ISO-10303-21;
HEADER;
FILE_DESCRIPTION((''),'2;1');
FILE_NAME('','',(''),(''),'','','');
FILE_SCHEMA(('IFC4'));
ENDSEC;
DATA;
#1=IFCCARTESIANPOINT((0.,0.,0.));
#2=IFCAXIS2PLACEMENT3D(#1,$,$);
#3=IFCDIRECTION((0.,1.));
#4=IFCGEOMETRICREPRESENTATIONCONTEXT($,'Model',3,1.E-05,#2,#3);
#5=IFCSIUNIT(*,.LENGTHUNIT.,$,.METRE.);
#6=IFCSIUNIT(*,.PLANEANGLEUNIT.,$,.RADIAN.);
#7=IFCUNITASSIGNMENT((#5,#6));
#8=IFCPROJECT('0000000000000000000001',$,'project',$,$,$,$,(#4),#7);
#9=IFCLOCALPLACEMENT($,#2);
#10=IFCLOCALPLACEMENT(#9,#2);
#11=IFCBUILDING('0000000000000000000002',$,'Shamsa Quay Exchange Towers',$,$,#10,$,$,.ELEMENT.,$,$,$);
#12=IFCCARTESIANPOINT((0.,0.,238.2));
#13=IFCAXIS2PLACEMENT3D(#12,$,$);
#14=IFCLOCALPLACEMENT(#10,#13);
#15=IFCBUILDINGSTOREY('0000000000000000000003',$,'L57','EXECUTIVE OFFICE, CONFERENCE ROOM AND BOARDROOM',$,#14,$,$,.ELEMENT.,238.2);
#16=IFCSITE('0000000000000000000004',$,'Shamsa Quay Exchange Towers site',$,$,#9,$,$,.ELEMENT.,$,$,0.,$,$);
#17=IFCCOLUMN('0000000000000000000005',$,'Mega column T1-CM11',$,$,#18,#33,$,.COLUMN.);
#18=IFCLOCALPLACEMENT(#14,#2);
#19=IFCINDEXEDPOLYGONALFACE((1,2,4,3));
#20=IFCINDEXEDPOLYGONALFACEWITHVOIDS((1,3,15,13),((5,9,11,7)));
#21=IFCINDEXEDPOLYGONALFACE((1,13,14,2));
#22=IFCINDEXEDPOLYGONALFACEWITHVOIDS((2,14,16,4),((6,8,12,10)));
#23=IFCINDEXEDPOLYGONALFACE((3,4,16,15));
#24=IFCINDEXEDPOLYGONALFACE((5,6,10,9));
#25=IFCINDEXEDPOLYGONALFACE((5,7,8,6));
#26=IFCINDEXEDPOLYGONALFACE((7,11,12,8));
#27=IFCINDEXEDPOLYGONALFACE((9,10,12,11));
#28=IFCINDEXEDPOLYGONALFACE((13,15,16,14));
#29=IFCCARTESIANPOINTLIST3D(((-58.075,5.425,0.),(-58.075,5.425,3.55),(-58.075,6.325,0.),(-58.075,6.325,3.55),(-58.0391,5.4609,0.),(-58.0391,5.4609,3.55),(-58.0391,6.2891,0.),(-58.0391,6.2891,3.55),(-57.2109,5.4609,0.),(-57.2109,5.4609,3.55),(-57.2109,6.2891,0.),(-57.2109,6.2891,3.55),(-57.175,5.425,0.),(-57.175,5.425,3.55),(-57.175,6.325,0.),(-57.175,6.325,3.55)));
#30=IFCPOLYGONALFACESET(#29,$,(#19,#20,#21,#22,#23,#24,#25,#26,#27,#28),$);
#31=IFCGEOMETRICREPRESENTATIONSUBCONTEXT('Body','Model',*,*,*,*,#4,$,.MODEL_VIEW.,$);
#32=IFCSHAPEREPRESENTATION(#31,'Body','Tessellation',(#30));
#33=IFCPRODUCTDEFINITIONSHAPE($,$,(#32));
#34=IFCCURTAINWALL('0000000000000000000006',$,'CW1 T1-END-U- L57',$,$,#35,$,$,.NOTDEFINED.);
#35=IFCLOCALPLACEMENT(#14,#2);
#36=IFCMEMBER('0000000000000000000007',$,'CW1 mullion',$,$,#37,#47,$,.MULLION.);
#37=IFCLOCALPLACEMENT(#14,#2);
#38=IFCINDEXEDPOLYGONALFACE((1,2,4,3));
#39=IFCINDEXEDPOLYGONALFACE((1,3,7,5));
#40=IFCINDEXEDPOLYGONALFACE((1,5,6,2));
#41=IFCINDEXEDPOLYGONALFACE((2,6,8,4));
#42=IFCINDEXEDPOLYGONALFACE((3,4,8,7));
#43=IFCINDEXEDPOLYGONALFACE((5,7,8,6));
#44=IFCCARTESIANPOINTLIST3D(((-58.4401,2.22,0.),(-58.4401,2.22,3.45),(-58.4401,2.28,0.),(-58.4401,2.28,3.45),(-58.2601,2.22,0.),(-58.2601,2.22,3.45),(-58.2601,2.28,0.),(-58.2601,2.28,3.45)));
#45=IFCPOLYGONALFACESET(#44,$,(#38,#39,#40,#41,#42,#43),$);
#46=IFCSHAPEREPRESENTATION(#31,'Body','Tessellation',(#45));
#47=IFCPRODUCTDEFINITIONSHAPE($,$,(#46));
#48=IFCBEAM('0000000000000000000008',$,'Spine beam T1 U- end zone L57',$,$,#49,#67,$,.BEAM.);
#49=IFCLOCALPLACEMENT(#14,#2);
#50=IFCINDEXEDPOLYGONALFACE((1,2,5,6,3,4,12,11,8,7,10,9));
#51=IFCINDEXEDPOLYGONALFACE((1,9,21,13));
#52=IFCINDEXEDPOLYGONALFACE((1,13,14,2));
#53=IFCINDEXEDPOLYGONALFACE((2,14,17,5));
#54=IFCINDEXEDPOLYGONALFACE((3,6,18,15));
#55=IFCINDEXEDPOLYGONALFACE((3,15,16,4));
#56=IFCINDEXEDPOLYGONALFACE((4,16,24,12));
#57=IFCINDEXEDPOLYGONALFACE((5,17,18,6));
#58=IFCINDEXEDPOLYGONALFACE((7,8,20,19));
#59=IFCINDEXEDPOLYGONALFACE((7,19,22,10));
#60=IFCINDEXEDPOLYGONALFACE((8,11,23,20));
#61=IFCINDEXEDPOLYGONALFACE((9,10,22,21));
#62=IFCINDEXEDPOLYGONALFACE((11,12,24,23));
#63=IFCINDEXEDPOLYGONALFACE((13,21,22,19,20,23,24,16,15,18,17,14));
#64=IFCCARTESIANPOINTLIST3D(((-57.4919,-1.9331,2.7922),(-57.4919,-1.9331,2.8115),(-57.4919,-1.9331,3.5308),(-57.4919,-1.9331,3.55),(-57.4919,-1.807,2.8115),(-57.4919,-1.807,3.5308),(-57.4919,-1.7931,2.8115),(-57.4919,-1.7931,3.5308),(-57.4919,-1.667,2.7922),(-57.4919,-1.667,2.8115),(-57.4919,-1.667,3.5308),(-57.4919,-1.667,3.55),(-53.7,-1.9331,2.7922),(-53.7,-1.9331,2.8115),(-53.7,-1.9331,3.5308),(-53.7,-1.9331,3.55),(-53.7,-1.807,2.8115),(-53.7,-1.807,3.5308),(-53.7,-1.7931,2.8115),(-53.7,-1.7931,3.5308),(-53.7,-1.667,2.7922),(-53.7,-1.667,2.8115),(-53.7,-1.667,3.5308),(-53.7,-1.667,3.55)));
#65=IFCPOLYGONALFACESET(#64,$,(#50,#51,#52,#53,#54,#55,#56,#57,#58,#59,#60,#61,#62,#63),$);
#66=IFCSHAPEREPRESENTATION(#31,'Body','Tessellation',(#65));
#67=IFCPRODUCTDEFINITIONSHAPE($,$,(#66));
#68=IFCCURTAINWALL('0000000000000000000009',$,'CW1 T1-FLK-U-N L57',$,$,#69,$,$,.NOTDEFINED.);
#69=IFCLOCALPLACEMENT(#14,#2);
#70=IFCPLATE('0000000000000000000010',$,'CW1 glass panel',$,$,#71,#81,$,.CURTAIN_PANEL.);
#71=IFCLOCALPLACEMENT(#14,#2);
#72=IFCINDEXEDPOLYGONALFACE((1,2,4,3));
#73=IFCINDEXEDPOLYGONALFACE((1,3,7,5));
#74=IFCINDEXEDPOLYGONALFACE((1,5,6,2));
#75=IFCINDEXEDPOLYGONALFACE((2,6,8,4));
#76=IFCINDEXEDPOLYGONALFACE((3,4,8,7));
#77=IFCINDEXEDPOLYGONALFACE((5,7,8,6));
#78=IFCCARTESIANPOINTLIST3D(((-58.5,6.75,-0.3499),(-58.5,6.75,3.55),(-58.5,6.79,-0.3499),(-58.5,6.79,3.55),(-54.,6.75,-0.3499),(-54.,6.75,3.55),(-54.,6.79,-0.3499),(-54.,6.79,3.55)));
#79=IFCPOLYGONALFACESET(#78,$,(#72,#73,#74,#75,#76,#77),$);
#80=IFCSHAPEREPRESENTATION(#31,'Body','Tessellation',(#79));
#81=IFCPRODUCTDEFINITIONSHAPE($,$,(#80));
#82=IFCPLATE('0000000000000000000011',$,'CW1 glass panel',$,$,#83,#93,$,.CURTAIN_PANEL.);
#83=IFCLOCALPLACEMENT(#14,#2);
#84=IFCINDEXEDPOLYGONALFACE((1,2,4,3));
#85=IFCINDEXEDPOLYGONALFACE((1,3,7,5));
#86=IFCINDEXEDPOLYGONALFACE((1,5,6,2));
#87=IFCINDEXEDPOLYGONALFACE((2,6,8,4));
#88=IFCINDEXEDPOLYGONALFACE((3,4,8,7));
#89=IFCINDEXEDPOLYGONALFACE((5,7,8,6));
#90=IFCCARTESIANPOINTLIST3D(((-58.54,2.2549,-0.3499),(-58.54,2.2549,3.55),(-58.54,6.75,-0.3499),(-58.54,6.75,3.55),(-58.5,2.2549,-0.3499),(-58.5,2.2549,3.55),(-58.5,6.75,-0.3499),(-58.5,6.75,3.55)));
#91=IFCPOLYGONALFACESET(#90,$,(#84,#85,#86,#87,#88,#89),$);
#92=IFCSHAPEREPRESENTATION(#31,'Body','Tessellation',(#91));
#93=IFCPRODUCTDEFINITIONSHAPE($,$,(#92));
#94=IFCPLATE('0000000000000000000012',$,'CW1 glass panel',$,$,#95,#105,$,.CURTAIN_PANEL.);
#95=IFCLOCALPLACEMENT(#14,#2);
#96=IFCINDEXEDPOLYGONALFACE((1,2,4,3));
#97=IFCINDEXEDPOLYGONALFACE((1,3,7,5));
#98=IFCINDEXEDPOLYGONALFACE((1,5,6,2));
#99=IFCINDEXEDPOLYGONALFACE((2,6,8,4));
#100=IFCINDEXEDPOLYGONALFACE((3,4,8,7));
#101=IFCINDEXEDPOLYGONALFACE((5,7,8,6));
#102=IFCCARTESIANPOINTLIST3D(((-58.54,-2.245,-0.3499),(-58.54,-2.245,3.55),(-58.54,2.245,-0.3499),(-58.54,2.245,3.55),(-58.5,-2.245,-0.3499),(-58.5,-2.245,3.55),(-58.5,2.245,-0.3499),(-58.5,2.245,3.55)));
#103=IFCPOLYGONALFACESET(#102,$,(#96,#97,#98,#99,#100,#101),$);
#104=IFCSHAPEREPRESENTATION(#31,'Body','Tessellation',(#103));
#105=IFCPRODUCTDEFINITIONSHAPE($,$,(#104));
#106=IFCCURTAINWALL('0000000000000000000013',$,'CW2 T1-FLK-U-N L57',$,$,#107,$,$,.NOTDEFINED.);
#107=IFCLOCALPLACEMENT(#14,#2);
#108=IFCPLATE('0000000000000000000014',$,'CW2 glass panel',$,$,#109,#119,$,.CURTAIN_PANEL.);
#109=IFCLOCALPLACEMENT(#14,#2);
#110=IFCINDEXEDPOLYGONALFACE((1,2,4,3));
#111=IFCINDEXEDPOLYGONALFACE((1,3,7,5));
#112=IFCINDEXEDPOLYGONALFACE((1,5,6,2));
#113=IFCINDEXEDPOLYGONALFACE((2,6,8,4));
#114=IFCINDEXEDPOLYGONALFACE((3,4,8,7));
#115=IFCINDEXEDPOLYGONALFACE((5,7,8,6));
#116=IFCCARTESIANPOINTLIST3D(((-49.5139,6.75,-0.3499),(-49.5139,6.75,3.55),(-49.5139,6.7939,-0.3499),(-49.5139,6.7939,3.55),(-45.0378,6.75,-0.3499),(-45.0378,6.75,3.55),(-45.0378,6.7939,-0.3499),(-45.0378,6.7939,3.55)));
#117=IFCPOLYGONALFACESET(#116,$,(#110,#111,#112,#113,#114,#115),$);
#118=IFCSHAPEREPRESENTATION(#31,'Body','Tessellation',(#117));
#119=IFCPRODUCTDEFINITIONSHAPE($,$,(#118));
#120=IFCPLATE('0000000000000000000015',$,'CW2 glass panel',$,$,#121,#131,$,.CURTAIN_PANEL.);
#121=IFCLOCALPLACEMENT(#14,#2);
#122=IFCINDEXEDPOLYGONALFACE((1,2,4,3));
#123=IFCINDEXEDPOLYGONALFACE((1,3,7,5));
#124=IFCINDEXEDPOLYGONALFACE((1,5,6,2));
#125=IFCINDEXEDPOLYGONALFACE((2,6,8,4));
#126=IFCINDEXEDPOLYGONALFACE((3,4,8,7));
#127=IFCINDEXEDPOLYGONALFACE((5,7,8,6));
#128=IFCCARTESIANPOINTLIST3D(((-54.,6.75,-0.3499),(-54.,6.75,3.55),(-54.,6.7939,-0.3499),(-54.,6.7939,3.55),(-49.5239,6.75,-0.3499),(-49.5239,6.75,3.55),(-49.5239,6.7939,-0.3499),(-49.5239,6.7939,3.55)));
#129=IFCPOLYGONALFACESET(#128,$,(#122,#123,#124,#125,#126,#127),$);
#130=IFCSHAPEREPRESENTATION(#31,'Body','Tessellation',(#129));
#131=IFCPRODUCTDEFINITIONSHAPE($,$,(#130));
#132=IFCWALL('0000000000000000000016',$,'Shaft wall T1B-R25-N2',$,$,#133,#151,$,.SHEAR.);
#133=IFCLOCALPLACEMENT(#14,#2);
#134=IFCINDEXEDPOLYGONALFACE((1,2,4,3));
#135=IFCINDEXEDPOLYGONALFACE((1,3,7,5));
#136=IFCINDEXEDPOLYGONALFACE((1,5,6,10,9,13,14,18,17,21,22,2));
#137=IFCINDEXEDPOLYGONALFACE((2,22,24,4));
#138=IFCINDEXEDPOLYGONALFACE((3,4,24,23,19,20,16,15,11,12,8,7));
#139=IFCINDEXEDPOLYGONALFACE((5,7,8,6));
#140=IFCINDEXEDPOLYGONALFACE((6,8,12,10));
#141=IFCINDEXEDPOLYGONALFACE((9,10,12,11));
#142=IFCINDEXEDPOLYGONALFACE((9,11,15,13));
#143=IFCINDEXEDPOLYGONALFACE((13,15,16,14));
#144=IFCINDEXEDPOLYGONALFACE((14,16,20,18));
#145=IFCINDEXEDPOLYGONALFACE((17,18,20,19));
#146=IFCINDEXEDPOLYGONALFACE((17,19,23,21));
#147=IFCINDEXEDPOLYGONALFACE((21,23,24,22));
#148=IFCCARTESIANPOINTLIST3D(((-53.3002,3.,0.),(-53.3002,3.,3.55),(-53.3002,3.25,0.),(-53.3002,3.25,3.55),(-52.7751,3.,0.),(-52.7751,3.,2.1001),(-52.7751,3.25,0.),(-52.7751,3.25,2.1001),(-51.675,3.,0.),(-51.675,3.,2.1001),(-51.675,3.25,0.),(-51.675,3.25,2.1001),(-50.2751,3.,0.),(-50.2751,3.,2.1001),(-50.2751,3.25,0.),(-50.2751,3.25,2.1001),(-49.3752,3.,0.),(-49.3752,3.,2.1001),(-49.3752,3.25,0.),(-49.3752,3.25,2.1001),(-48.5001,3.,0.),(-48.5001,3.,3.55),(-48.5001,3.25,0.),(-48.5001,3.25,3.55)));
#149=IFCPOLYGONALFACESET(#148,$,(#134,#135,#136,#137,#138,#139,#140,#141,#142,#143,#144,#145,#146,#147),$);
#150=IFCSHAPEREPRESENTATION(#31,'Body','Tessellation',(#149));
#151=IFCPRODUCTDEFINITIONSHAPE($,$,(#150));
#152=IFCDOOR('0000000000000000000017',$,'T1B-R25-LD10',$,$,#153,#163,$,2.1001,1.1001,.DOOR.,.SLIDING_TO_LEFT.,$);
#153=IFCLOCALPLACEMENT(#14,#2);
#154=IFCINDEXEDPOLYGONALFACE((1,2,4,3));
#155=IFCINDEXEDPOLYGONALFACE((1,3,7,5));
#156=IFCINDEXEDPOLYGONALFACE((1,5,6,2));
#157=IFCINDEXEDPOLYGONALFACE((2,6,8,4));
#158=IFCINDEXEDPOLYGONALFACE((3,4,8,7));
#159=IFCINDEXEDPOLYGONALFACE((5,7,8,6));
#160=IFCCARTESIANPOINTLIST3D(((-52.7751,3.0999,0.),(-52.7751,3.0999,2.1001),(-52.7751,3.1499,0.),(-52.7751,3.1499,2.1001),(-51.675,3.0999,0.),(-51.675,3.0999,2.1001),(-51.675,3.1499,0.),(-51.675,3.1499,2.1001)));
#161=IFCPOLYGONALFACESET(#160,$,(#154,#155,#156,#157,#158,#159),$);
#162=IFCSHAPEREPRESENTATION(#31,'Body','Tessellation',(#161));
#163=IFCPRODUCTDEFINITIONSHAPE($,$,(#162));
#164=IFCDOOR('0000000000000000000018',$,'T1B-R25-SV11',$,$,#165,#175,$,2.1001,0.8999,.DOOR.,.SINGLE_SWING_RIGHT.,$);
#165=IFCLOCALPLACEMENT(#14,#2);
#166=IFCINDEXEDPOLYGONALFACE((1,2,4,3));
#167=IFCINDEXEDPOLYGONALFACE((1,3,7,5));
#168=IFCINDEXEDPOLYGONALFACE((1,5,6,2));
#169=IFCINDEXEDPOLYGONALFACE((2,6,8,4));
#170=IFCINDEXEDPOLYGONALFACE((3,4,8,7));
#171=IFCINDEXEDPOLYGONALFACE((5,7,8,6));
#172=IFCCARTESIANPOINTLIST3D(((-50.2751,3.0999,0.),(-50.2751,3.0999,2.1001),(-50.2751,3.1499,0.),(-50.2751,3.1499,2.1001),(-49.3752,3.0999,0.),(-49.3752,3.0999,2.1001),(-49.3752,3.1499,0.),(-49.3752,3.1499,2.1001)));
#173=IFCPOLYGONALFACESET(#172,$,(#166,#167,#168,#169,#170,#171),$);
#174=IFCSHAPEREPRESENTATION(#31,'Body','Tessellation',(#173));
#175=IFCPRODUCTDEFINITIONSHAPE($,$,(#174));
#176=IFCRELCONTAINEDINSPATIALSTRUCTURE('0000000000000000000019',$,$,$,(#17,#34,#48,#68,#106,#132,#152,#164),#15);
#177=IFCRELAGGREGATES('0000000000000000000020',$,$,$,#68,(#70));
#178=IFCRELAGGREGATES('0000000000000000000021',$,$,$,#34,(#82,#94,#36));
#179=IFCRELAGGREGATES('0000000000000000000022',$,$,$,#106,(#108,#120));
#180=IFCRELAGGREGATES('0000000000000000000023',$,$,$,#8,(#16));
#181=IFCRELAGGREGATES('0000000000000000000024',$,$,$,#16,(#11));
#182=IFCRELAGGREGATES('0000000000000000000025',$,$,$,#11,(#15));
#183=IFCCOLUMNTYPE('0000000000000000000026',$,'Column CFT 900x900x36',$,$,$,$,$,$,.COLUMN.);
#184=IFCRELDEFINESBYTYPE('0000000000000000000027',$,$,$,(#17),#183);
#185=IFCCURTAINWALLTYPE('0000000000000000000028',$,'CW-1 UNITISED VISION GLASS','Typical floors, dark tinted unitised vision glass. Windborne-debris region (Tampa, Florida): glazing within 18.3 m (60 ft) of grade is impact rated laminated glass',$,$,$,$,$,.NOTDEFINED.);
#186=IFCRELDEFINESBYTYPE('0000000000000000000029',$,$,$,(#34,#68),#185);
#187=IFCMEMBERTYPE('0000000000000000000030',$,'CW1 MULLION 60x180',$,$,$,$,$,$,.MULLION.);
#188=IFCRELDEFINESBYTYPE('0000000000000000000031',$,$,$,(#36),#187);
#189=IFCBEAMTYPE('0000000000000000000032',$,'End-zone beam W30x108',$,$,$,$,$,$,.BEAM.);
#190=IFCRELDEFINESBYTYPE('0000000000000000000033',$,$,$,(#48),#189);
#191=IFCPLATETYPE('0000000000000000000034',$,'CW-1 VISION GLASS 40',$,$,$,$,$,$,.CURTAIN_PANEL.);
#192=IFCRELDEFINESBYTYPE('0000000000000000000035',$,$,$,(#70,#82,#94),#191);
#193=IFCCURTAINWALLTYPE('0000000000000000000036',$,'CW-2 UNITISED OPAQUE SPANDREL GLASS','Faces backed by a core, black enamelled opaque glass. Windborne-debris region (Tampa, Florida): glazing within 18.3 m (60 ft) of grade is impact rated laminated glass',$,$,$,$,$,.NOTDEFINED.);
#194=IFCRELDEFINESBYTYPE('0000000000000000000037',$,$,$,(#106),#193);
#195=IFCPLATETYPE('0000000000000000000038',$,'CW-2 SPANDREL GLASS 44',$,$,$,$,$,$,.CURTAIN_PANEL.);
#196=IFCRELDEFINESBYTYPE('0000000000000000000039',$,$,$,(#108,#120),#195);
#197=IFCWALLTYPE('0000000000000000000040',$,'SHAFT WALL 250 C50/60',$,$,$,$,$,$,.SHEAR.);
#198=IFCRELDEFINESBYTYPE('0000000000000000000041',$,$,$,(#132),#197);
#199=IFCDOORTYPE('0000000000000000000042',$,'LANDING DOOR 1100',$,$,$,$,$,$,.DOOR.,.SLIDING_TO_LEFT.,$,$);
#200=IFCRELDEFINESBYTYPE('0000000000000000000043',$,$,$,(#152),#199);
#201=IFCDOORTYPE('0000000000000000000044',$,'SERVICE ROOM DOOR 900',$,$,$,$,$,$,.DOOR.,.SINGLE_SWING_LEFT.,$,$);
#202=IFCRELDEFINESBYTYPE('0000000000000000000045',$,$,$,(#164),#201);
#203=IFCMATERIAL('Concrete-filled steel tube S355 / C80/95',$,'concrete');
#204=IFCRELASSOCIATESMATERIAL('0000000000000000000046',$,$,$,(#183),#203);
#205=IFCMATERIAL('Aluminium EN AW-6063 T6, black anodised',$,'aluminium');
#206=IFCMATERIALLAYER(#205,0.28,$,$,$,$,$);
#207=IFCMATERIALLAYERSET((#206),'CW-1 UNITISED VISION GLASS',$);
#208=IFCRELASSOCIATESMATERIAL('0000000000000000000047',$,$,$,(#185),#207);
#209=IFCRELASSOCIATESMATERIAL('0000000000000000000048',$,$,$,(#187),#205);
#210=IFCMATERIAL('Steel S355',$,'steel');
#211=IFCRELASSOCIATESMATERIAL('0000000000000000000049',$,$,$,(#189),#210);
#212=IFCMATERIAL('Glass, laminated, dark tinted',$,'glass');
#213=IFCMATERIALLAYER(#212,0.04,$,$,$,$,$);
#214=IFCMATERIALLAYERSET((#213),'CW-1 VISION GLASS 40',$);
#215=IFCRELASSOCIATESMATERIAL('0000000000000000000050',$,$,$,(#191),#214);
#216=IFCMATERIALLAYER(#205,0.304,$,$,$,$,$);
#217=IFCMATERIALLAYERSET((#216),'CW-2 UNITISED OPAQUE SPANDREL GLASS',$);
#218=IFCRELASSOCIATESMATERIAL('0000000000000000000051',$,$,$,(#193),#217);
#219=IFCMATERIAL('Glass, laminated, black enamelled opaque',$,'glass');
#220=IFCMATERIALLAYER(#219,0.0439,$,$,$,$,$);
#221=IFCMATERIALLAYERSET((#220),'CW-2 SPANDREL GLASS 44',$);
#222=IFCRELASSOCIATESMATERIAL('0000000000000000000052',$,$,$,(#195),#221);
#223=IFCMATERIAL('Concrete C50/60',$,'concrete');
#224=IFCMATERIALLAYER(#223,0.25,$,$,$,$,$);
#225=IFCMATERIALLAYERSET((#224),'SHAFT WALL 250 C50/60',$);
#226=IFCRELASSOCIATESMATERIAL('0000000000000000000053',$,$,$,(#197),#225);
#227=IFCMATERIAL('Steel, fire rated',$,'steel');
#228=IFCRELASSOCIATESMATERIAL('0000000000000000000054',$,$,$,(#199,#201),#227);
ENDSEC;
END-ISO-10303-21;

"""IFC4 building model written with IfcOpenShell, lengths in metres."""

from ifc_helpers import new_model, si_unit, direction, frame, frame_2d, origin, origin_2d, place, context, subcontext, project, spatial, rectangle, hollow_rectangle, i_section, extrude, material, layer, layer_set, material_profile, profile_set, type_object, element, fill, aggregate, save


model = new_model("IFC4")

# Units and contexts
model_context = context("Model", 3, precision=1e-05, world=origin(), true_north=direction((0.0, 1.0)))
body_context = subcontext(model_context, "Body", "Model", "MODEL_VIEW")
ifc_project = project(units=[si_unit("LENGTHUNIT", "METRE"), si_unit("PLANEANGLEUNIT", "RADIAN")], contexts=[model_context])

# Site, building, storey
site_placement = place(None, origin())
site = spatial("IfcSite", under=ifc_project, at=site_placement, Name="Shamsa Quay Exchange Towers site", CompositionType="ELEMENT", RefElevation=0.0)
building_placement = place(site_placement, origin())
building = spatial("IfcBuilding", under=site, at=building_placement, Name="Shamsa Quay Exchange Towers", CompositionType="ELEMENT")
storey_placement = place(building_placement, frame((0.0, 0.0, 238.2)))
storey = spatial("IfcBuildingStorey", under=building, at=storey_placement, Name="L57", Description="EXECUTIVE OFFICE, CONFERENCE ROOM AND BOARDROOM", CompositionType="ELEMENT", Elevation=238.2)

# Column
ifc_material_1 = material(Name="Concrete-filled steel tube S355 / C80/95", Category="concrete")
ifc_material_profile_1 = material_profile(ifc_material_1, hollow_rectangle(XDim=0.8999, YDim=0.8999, WallThickness=0.0359, at=origin_2d()), Name="CFT 900x900x36")
ifc_profile_set_1 = profile_set([ifc_material_profile_1], Name="Concrete-filled steel tube S355 / C80/95")
column_type = type_object("IfcColumnType", Name="Column CFT 900x900x36", PredefinedType="COLUMN", material=ifc_profile_set_1)
column_placement = place(storey_placement, frame((-57.625, 5.875, 0.0)))
element("IfcColumn", 1, at=column_placement, inside=storey, type_object=column_type, Name="Mega column T1-CM11", PredefinedType="COLUMN", context=body_context, shape_type="SweptSolid", body=[
    extrude(hollow_rectangle(XDim=0.8999, YDim=0.8999, WallThickness=0.0359, at=origin_2d()), origin(), (0.0, 0.0, 1.0), 3.55),
])

# Curtain wall, member
ifc_material_2 = material(Name="Aluminium EN AW-6063 T6, black anodised", Category="aluminium")
ifc_layer_1 = layer(ifc_material_2, 0.28)
ifc_layer_set_1 = layer_set([ifc_layer_1], Name="CW-1 UNITISED VISION GLASS")
curtain_wall_type_1 = type_object("IfcCurtainWallType", Name="CW-1 UNITISED VISION GLASS", Description="Typical floors, dark tinted unitised vision glass. Windborne-debris region (Tampa, Florida): glazing within 18.3 m (60 ft) of grade is impact rated laminated glass", PredefinedType="NOTDEFINED", material=ifc_layer_set_1)
curtain_wall_1_placement = place(storey_placement, origin())
curtain_wall_1 = element("IfcCurtainWall", 2, at=curtain_wall_1_placement, inside=storey, type_object=curtain_wall_type_1, Name="CW1 T1-END-U- L57", PredefinedType="NOTDEFINED")
ifc_material_profile_2 = material_profile(ifc_material_2, rectangle(XDim=0.1799, YDim=0.0601, at=origin_2d()), Name="MU60x180")
ifc_profile_set_2 = profile_set([ifc_material_profile_2], Name="Aluminium EN AW-6063 T6, black anodised")
member_type = type_object("IfcMemberType", Name="CW1 MULLION 60x180", PredefinedType="MULLION", material=ifc_profile_set_2)
member_placement = place(storey_placement, frame((-58.3501, 2.25, 0.0)))
member = element("IfcMember", 3, at=member_placement, type_object=member_type, Name="CW1 mullion", PredefinedType="MULLION", context=body_context, shape_type="SweptSolid", body=[
    extrude(rectangle(XDim=0.1799, YDim=0.0601, at=origin_2d()), origin(), (0.0, 0.0, 1.0), 3.45),
])

# Beam
ifc_material_3 = material(Name="Steel S355", Category="steel")
ifc_material_profile_3 = material_profile(ifc_material_3, i_section(OverallWidth=0.2661, OverallDepth=0.7578, WebThickness=0.0139, FlangeThickness=0.0193, at=origin_2d()), Name="W30x108")
ifc_profile_set_3 = profile_set([ifc_material_profile_3], Name="Steel S355")
beam_type = type_object("IfcBeamType", Name="End-zone beam W30x108", PredefinedType="BEAM", material=ifc_profile_set_3)
beam_placement = place(storey_placement, frame((-53.7, -1.8, 3.1711), z_axis=(-1.0, 0.0, 0.0), x_axis=(0.0, -1.0, 0.0)))
element("IfcBeam", 4, at=beam_placement, inside=storey, type_object=beam_type, Name="Spine beam T1 U- end zone L57", PredefinedType="BEAM", context=body_context, shape_type="SweptSolid", body=[
    extrude(i_section(OverallWidth=0.2661, OverallDepth=0.7578, WebThickness=0.0139, FlangeThickness=0.0193, at=origin_2d()), origin(), (0.0, 0.0, 1.0), 3.792),
])

# Curtain wall, plate
curtain_wall_2_placement = place(storey_placement, origin())
curtain_wall_2 = element("IfcCurtainWall", 5, at=curtain_wall_2_placement, inside=storey, type_object=curtain_wall_type_1, Name="CW1 T1-FLK-U-N L57", PredefinedType="NOTDEFINED")
ifc_material_4 = material(Name="Glass, laminated, dark tinted", Category="glass")
ifc_layer_2 = layer(ifc_material_4, 0.04)
ifc_layer_set_2 = layer_set([ifc_layer_2], Name="CW-1 VISION GLASS 40")
plate_type_1 = type_object("IfcPlateType", Name="CW-1 VISION GLASS 40", PredefinedType="CURTAIN_PANEL", material=ifc_layer_set_2)
plate_1_placement = place(storey_placement, frame((-56.25, 6.77, -0.3499), z_axis=(0.0, 0.0, 1.0), x_axis=(-1.0, 0.0, 0.0)))
plate_1 = element("IfcPlate", 6, at=plate_1_placement, type_object=plate_type_1, Name="CW1 glass panel", PredefinedType="CURTAIN_PANEL", context=body_context, shape_type="SweptSolid", body=[
    extrude(rectangle(XDim=4.5, YDim=0.04, at=origin_2d()), origin(), (0.0, 0.0, 1.0), 3.8999),
])
aggregate(curtain_wall_2, [plate_1])

# Plates
plate_2_placement = place(storey_placement, frame((-58.52, 4.5024, -0.3499), z_axis=(0.0, 0.0, 1.0), x_axis=(0.0, -1.0, 0.0)))
plate_2 = element("IfcPlate", 7, at=plate_2_placement, type_object=plate_type_1, Name="CW1 glass panel", PredefinedType="CURTAIN_PANEL", context=body_context, shape_type="SweptSolid", body=[
    extrude(rectangle(XDim=4.4951, YDim=0.04, at=origin_2d()), origin(), (0.0, 0.0, 1.0), 3.8999),
])
plate_3_placement = place(storey_placement, frame((-58.52, 0.0, -0.3499), z_axis=(0.0, 0.0, 1.0), x_axis=(0.0, -1.0, 0.0)))
plate_3 = element("IfcPlate", 8, at=plate_3_placement, type_object=plate_type_1, Name="CW1 glass panel", PredefinedType="CURTAIN_PANEL", context=body_context, shape_type="SweptSolid", body=[
    extrude(rectangle(XDim=4.49, YDim=0.04, at=origin_2d()), origin(), (0.0, 0.0, 1.0), 3.8999),
])
aggregate(curtain_wall_1, [plate_2, plate_3, member])

# Curtain wall, plates
ifc_layer_3 = layer(ifc_material_2, 0.304)
ifc_layer_set_3 = layer_set([ifc_layer_3], Name="CW-2 UNITISED OPAQUE SPANDREL GLASS")
curtain_wall_type_2 = type_object("IfcCurtainWallType", Name="CW-2 UNITISED OPAQUE SPANDREL GLASS", Description="Faces backed by a core, black enamelled opaque glass. Windborne-debris region (Tampa, Florida): glazing within 18.3 m (60 ft) of grade is impact rated laminated glass", PredefinedType="NOTDEFINED", material=ifc_layer_set_3)
curtain_wall_3_placement = place(storey_placement, origin())
curtain_wall_3 = element("IfcCurtainWall", 9, at=curtain_wall_3_placement, inside=storey, type_object=curtain_wall_type_2, Name="CW2 T1-FLK-U-N L57", PredefinedType="NOTDEFINED")
ifc_material_5 = material(Name="Glass, laminated, black enamelled opaque", Category="glass")
ifc_layer_4 = layer(ifc_material_5, 0.0439)
ifc_layer_set_4 = layer_set([ifc_layer_4], Name="CW-2 SPANDREL GLASS 44")
plate_type_2 = type_object("IfcPlateType", Name="CW-2 SPANDREL GLASS 44", PredefinedType="CURTAIN_PANEL", material=ifc_layer_set_4)
plate_4_placement = place(storey_placement, frame((-47.2759, 6.772, -0.3499), z_axis=(0.0, 0.0, 1.0), x_axis=(-1.0, 0.0, 0.0)))
plate_4 = element("IfcPlate", 10, at=plate_4_placement, type_object=plate_type_2, Name="CW2 glass panel", PredefinedType="CURTAIN_PANEL", context=body_context, shape_type="SweptSolid", body=[
    extrude(rectangle(XDim=4.4761, YDim=0.0439, at=origin_2d()), origin(), (0.0, 0.0, 1.0), 3.8999),
])
plate_5_placement = place(storey_placement, frame((-51.762, 6.772, -0.3499), z_axis=(0.0, 0.0, 1.0), x_axis=(-1.0, 0.0, 0.0)))
plate_5 = element("IfcPlate", 11, at=plate_5_placement, type_object=plate_type_2, Name="CW2 glass panel", PredefinedType="CURTAIN_PANEL", context=body_context, shape_type="SweptSolid", body=[
    extrude(rectangle(XDim=4.4761, YDim=0.0439, at=origin_2d()), origin(), (0.0, 0.0, 1.0), 3.8999),
])
aggregate(curtain_wall_3, [plate_4, plate_5])

# Wall, openings, doors
ifc_material_6 = material(Name="Concrete C50/60", Category="concrete")
ifc_layer_5 = layer(ifc_material_6, 0.25)
ifc_layer_set_5 = layer_set([ifc_layer_5], Name="SHAFT WALL 250 C50/60")
wall_type_1 = type_object("IfcWallType", Name="SHAFT WALL 250 C50/60", PredefinedType="SHEAR", material=ifc_layer_set_5)
wall_1_placement = place(storey_placement, frame((-53.3, 3.125, 0.0)))
wall_1 = element("IfcWall", 12, at=wall_1_placement, inside=storey, type_object=wall_type_1, Name="Shaft wall T1B-R25-N2", PredefinedType="SHEAR", context=body_context, shape_type="SweptSolid", body=[
    extrude(rectangle(XDim=4.8, YDim=0.25, at=frame_2d((2.3999, 0.0))), origin(), (0.0, 0.0, 1.0), 3.55),
])
opening_1_placement = place(wall_1_placement, frame((0.5249, 0.0, 0.0)))
opening_1 = element("IfcOpeningElement", 13, at=opening_1_placement, cuts=wall_1, PredefinedType="OPENING", context=body_context, shape_type="SweptSolid", body=[
    extrude(rectangle(XDim=1.1001, YDim=2.1001, at=frame_2d((0.55, 1.05))), frame((0.0, 0.135, 0.0), z_axis=(0.0, -1.0, 0.0), x_axis=(1.0, 0.0, 0.0)), (0.0, 0.0, 1.0), 0.27),
])
opening_2_placement = place(wall_1_placement, frame((3.0249, 0.0, 0.0)))
opening_2 = element("IfcOpeningElement", 14, at=opening_2_placement, cuts=wall_1, PredefinedType="OPENING", context=body_context, shape_type="SweptSolid", body=[
    extrude(rectangle(XDim=0.8999, YDim=2.1001, at=frame_2d((0.45, 1.05))), frame((0.0, 0.135, 0.0), z_axis=(0.0, -1.0, 0.0), x_axis=(1.0, 0.0, 0.0)), (0.0, 0.0, 1.0), 0.27),
])
ifc_material_7 = material(Name="Steel, fire rated", Category="steel")
door_type_1 = type_object("IfcDoorType", Name="LANDING DOOR 1100", OperationType="SLIDING_TO_LEFT", PredefinedType="DOOR", material=ifc_material_7)
door_1_placement = place(opening_1_placement, origin())
door_1 = element("IfcDoor", 15, at=door_1_placement, inside=storey, type_object=door_type_1, Name="T1B-R25-LD10", OperationType="SLIDING_TO_LEFT", OverallHeight=2.1001, OverallWidth=1.1001, PredefinedType="DOOR", context=body_context, shape_type="SweptSolid", body=[
    extrude(rectangle(XDim=1.1001, YDim=2.1001, at=frame_2d((0.55, 1.05))), frame((0.0, 0.0249, 0.0), z_axis=(0.0, -1.0, 0.0), x_axis=(1.0, 0.0, 0.0)), (0.0, 0.0, 1.0), 0.05),
])
fill(opening_1, door_1)
door_type_2 = type_object("IfcDoorType", Name="SERVICE ROOM DOOR 900", OperationType="SINGLE_SWING_LEFT", PredefinedType="DOOR", material=ifc_material_7)
door_2_placement = place(opening_2_placement, origin())
door_2 = element("IfcDoor", 16, at=door_2_placement, inside=storey, type_object=door_type_2, Name="T1B-R25-SV11", OperationType="SINGLE_SWING_RIGHT", OverallHeight=2.1001, OverallWidth=0.8999, PredefinedType="DOOR", context=body_context, shape_type="SweptSolid", body=[
    extrude(rectangle(XDim=0.8999, YDim=2.1001, at=frame_2d((0.45, 1.05))), frame((0.0, 0.0249, 0.0), z_axis=(0.0, -1.0, 0.0), x_axis=(1.0, 0.0, 0.0)), (0.0, 0.0, 1.0), 0.05),
])
fill(opening_2, door_2)

save(model, "model.ifc")
